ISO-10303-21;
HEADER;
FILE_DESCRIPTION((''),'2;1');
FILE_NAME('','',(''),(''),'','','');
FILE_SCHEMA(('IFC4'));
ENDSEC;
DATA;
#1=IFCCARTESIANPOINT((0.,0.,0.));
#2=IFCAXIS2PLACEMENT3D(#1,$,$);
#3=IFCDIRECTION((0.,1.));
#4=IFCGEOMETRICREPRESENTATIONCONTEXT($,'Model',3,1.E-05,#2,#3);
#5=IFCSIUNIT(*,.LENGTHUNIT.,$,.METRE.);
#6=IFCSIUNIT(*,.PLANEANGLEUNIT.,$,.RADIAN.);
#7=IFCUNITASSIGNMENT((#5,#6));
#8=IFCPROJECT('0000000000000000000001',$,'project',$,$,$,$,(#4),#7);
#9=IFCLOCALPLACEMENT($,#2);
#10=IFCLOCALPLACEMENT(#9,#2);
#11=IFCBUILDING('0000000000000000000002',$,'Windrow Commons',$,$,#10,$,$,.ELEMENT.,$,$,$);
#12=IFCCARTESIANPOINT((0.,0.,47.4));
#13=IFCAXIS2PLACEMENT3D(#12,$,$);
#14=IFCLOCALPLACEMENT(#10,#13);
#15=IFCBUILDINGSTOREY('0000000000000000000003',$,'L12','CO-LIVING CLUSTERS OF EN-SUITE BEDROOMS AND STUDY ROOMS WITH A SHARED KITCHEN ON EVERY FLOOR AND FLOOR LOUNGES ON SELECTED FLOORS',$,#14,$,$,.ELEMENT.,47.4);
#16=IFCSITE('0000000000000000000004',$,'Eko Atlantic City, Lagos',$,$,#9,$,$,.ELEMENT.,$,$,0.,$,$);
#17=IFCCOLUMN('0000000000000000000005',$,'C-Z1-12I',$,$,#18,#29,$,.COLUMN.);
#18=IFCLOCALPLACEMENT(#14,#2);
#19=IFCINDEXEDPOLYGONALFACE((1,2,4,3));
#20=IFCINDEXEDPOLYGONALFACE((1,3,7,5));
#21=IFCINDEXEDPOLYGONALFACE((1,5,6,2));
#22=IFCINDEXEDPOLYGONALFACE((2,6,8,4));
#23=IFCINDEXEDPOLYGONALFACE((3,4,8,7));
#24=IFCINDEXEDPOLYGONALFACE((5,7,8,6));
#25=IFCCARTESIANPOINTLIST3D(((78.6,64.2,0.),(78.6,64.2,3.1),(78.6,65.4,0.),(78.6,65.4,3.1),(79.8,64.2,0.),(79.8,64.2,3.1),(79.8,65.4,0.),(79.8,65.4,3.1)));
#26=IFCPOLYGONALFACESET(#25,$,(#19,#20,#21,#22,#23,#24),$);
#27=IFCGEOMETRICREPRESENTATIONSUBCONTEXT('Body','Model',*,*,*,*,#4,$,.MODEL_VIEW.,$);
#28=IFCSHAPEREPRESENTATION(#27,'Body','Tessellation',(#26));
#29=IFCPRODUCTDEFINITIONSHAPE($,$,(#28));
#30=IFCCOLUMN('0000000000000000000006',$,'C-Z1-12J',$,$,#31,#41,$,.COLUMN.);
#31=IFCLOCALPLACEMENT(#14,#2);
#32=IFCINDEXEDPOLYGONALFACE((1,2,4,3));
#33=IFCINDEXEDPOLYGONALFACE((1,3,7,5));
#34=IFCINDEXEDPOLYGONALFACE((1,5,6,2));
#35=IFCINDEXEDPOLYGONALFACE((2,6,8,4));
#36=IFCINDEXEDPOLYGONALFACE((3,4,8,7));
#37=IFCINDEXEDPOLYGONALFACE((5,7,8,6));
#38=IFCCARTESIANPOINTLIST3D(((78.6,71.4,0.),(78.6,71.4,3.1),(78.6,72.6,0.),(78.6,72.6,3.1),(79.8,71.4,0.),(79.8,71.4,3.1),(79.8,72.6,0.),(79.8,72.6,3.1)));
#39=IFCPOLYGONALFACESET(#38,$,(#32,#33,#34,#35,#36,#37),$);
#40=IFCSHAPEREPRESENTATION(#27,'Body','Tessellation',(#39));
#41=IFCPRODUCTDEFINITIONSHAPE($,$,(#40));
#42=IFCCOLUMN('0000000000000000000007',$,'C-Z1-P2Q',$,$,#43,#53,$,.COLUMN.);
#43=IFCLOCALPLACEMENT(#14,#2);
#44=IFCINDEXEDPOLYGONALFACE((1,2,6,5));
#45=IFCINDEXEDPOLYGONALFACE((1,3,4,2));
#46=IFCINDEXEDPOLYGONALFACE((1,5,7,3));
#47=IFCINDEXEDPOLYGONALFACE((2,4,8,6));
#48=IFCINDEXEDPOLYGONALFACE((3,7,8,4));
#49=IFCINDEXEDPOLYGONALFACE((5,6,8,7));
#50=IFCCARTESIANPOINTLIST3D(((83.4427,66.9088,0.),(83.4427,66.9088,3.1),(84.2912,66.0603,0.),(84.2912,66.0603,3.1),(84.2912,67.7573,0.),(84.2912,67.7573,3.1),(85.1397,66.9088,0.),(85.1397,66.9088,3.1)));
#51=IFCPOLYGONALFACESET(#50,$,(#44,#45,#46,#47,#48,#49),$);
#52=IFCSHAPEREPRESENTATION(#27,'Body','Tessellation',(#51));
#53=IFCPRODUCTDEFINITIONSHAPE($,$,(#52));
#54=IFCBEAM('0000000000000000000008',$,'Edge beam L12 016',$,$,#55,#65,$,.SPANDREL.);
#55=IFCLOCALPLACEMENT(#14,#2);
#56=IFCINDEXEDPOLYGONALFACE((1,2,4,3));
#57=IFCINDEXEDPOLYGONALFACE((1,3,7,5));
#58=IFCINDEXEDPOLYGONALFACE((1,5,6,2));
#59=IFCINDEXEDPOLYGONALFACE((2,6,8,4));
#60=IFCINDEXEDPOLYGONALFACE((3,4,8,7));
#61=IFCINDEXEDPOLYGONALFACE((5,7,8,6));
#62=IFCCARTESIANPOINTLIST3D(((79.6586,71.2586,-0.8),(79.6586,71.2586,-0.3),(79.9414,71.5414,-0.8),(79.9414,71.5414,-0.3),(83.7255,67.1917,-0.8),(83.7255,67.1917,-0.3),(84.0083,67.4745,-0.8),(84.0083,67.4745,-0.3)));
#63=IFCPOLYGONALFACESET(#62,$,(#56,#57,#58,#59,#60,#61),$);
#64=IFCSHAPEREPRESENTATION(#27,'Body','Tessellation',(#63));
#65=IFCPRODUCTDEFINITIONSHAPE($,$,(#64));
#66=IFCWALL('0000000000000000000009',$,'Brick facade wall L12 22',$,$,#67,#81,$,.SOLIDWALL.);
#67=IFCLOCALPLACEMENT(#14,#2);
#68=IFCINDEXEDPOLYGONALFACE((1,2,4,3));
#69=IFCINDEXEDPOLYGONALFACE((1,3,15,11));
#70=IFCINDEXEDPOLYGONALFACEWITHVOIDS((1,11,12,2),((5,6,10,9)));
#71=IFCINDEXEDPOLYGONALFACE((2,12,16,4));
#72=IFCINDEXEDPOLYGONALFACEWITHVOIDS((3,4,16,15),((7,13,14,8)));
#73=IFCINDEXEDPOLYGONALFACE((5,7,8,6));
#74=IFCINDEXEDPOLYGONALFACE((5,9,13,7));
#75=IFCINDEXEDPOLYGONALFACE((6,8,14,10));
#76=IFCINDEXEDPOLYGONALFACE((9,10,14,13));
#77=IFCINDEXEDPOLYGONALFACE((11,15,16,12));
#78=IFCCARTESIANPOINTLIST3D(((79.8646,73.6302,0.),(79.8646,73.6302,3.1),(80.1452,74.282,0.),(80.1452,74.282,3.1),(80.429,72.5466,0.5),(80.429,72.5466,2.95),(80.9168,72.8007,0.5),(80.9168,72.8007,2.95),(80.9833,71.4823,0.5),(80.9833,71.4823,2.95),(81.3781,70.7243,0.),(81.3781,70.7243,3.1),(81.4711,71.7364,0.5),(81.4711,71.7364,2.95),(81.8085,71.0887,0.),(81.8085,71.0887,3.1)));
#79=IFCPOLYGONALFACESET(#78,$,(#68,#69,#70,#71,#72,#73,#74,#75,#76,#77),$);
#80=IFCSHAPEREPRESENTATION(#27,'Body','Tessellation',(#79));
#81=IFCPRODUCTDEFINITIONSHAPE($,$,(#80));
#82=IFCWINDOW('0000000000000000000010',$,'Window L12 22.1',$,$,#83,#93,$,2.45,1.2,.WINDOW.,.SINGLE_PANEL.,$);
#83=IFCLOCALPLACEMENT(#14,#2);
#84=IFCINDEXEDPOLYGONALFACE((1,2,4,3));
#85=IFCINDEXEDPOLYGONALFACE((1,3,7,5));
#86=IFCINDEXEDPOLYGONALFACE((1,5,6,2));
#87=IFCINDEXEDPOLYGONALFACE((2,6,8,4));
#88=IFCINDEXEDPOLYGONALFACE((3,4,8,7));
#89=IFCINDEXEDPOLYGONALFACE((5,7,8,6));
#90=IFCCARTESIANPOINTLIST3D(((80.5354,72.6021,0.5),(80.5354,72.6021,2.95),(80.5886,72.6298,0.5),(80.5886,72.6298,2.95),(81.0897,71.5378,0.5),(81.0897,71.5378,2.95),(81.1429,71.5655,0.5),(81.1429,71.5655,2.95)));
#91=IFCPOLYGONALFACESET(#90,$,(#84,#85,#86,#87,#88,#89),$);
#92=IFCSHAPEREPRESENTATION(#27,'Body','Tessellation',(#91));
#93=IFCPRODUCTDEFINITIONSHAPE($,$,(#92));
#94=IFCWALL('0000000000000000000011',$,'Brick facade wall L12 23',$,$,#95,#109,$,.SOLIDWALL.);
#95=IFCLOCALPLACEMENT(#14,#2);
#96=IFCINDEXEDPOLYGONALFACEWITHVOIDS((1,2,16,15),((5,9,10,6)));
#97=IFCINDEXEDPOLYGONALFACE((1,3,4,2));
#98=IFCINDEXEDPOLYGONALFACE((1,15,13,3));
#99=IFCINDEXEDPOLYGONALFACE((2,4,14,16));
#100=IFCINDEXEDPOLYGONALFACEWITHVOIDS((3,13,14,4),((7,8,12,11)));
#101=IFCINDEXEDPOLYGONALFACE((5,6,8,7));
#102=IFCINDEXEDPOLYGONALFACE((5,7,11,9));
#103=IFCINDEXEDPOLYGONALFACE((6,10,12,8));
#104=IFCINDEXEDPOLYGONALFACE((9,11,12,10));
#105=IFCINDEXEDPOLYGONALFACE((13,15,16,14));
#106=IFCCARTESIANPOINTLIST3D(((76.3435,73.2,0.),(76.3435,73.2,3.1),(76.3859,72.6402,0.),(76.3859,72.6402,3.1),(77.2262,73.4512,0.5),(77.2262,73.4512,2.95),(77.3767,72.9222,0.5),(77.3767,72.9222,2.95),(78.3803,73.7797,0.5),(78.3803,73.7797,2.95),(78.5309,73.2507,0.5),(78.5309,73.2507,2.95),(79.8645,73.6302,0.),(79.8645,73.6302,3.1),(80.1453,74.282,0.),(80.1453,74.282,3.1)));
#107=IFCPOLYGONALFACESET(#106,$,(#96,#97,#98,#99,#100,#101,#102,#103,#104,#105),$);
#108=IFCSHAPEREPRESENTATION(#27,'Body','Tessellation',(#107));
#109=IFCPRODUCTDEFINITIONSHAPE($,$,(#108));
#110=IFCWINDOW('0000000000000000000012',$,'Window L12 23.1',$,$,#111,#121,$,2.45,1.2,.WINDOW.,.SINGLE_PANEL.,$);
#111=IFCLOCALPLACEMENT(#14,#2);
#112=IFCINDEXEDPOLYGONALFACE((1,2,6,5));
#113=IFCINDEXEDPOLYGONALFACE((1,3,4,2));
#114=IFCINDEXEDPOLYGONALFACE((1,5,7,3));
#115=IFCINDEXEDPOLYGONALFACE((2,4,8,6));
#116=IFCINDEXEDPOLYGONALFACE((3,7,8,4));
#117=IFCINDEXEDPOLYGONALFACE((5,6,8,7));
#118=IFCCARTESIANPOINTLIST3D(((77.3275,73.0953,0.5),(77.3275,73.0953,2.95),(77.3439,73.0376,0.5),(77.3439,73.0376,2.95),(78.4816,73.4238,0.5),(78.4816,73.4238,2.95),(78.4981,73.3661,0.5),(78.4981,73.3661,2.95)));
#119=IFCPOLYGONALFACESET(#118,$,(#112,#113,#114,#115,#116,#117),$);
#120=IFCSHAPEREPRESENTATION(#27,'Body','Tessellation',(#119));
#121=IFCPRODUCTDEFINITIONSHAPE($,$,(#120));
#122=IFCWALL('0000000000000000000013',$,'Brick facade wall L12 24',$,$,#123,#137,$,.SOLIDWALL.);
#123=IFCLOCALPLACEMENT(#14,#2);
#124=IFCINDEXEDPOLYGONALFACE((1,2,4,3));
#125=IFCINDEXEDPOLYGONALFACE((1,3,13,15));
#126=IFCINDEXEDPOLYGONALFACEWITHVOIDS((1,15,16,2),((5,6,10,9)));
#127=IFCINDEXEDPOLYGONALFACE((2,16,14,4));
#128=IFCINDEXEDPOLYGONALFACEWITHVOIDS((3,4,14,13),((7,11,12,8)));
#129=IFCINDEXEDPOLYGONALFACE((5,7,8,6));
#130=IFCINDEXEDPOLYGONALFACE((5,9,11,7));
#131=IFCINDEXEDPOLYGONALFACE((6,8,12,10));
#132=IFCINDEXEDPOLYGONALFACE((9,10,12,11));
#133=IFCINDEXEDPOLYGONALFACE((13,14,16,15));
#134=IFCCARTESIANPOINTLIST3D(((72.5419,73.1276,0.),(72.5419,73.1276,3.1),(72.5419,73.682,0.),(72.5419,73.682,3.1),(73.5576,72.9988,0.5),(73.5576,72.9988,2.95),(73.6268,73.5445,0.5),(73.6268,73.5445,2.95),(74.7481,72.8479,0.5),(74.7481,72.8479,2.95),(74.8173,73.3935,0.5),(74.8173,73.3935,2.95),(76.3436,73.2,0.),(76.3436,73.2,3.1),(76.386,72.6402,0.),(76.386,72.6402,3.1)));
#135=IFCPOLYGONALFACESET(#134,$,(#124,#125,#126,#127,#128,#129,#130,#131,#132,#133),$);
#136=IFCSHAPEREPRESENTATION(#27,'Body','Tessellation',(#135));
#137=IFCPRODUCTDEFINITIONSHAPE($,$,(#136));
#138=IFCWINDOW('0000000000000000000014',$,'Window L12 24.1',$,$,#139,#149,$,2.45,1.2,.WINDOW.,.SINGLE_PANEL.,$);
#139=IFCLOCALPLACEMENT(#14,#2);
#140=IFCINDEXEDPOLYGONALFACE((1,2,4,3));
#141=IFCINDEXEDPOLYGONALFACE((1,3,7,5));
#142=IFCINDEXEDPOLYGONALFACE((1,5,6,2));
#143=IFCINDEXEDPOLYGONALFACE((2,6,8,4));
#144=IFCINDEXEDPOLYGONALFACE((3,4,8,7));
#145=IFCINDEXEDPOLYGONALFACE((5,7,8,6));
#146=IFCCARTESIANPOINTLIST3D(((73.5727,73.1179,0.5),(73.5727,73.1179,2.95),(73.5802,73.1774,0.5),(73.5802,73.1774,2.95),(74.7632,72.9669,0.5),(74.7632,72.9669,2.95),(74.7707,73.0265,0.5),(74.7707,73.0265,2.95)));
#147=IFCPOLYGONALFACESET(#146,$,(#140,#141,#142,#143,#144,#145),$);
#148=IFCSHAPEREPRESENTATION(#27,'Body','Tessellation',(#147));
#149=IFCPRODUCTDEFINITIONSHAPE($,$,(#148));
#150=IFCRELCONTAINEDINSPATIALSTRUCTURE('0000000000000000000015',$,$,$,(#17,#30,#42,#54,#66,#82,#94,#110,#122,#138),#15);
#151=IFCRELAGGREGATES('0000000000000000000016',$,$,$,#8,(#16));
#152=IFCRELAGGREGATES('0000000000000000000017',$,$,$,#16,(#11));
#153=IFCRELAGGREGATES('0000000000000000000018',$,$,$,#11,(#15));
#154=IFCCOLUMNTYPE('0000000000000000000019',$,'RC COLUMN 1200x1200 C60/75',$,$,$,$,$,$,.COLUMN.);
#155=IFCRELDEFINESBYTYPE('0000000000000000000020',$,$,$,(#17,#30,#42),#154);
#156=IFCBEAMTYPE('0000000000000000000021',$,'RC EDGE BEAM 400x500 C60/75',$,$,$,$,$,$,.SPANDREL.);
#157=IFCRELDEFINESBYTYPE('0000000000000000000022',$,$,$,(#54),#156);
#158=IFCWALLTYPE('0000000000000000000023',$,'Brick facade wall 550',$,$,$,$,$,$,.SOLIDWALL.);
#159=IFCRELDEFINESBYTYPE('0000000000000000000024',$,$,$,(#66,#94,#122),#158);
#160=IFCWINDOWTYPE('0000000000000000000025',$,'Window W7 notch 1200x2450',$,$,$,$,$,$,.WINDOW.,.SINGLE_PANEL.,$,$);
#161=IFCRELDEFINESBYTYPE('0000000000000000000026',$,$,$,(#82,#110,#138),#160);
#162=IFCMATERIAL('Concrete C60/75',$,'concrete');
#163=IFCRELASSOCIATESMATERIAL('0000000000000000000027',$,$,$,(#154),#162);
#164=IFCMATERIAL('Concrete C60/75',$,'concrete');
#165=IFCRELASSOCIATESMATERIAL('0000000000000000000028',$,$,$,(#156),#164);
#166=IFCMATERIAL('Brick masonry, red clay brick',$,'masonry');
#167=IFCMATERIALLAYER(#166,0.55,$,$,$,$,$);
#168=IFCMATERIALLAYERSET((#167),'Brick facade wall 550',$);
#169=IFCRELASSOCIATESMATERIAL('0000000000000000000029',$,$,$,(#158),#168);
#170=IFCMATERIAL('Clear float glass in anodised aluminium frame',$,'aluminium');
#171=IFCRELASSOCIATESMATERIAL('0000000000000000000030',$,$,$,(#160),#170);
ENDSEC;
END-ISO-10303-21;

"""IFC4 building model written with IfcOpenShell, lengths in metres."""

from ifc_helpers import new_model, si_unit, direction, frame, frame_2d, origin, origin_2d, place, context, subcontext, project, spatial, polyline, rectangle, outline, extrude, material, layer, layer_set, material_profile, profile_set, type_object, element, fill, save


model = new_model("IFC4")

# Units and contexts
model_context = context("Model", 3, precision=1e-05, world=origin(), true_north=direction((0.0, 1.0)))
body_context = subcontext(model_context, "Body", "Model", "MODEL_VIEW")
ifc_project = project(units=[si_unit("LENGTHUNIT", "METRE"), si_unit("PLANEANGLEUNIT", "RADIAN")], contexts=[model_context])

# Site, building, storey
site_placement = place(None, origin())
site = spatial("IfcSite", under=ifc_project, at=site_placement, Name="Eko Atlantic City, Lagos", CompositionType="ELEMENT", RefElevation=0.0)
building_placement = place(site_placement, origin())
building = spatial("IfcBuilding", under=site, at=building_placement, Name="Windrow Commons", CompositionType="ELEMENT")
storey_placement = place(building_placement, frame((0.0, 0.0, 47.4)))
storey = spatial("IfcBuildingStorey", under=building, at=storey_placement, Name="L12", Description="CO-LIVING CLUSTERS OF EN-SUITE BEDROOMS AND STUDY ROOMS WITH A SHARED KITCHEN ON EVERY FLOOR AND FLOOR LOUNGES ON SELECTED FLOORS", CompositionType="ELEMENT", Elevation=47.4)

# Columns
ifc_material_1 = material(Name="Concrete C60/75", Category="concrete")
ifc_material_profile_1 = material_profile(ifc_material_1, rectangle(XDim=1.2, YDim=1.2, at=origin_2d()))
ifc_profile_set_1 = profile_set([ifc_material_profile_1], Name="Concrete C60/75")
column_type = type_object("IfcColumnType", Name="RC COLUMN 1200x1200 C60/75", PredefinedType="COLUMN", material=ifc_profile_set_1)
for number, where, z_axis, x_axis, name in (
    (1, (79.2, 64.8, 0.0), (0.0, 0.0, 1.0), (1.0, 0.0, 0.0), "C-Z1-12I"),
    (2, (79.2, 72.0, 0.0), (0.0, 0.0, 1.0), (1.0, 0.0, 0.0), "C-Z1-12J"),
    (3, (84.2912, 66.9088, 0.0), (0.0, 0.0, 1.0), (0.707107, -0.707107, 0.0), "C-Z1-P2Q"),
):
    element("IfcColumn", number, at=place(storey_placement, frame(where, z_axis=z_axis, x_axis=x_axis)), inside=storey, type_object=column_type, Name=name, PredefinedType="COLUMN", context=body_context, shape_type="SweptSolid", body=[
        extrude(rectangle(XDim=1.2, YDim=1.2, at=origin_2d()), origin(), (0.0, 0.0, 1.0), 3.1),
    ])

# Beam
ifc_material_2 = material(Name="Concrete C60/75", Category="concrete")
ifc_material_profile_2 = material_profile(ifc_material_2, rectangle(XDim=0.4, YDim=0.5, at=origin_2d()))
ifc_profile_set_2 = profile_set([ifc_material_profile_2], Name="Concrete C60/75")
beam_type = type_object("IfcBeamType", Name="RC EDGE BEAM 400x500 C60/75", PredefinedType="SPANDREL", material=ifc_profile_set_2)
beam_placement = place(storey_placement, frame((79.8, 71.4, -0.55), z_axis=(0.707107, -0.707107, 0.0), x_axis=(0.707107, 0.707107, 0.0)))
element("IfcBeam", 4, at=beam_placement, inside=storey, type_object=beam_type, Name="Edge beam L12 016", PredefinedType="SPANDREL", context=body_context, shape_type="SweptSolid", body=[
    extrude(rectangle(XDim=0.4, YDim=0.5, at=origin_2d()), origin(), (0.0, 0.0, 1.0), 5.7515),
])

# Walls, openings, windows
ifc_material_3 = material(Name="Brick masonry, red clay brick", Category="masonry")
ifc_layer_1 = layer(ifc_material_3, 0.55)
ifc_layer_set_1 = layer_set([ifc_layer_1], Name="Brick facade wall 550")
wall_type_1 = type_object("IfcWallType", Name="Brick facade wall 550", PredefinedType="SOLIDWALL", material=ifc_layer_set_1)
wall_1_placement = place(storey_placement, frame((81.5933, 70.9065, 0.0), z_axis=(0.0, 0.0, 1.0), x_axis=(-0.46195, 0.886906, 0.0)))
wall_1 = element("IfcWall", 5, at=wall_1_placement, inside=storey, type_object=wall_type_1, Name="Brick facade wall L12 22", PredefinedType="SOLIDWALL", context=body_context, shape_type="SweptSolid", body=[
    extrude(outline(polyline([(0.0622, -0.275), (3.6627, -0.275), (3.2143, 0.275), (-0.0622, 0.275), (0.0622, -0.275)])), origin(), (0.0, 0.0, 1.0), 3.1),
])
opening_1_placement = place(wall_1_placement, frame((0.7925, 0.0, 0.5)))
opening_1 = element("IfcOpeningElement", 6, at=opening_1_placement, cuts=wall_1, PredefinedType="OPENING", context=body_context, shape_type="SweptSolid", body=[
    extrude(rectangle(XDim=1.2, YDim=2.45, at=frame_2d((0.6, 1.225))), frame((0.0, 0.285, 0.0), z_axis=(0.0, -1.0, 0.0), x_axis=(1.0, 0.0, 0.0)), (0.0, 0.0, 1.0), 0.57),
])
ifc_material_4 = material(Name="Clear float glass in anodised aluminium frame", Category="aluminium")
window_type = type_object("IfcWindowType", Name="Window W7 notch 1200x2450", PartitioningType="SINGLE_PANEL", PredefinedType="WINDOW", material=ifc_material_4)
window_1_placement = place(opening_1_placement, origin())
window_1 = element("IfcWindow", 7, at=window_1_placement, inside=storey, type_object=window_type, Name="Window L12 22.1", OverallHeight=2.45, OverallWidth=1.2, PartitioningType="SINGLE_PANEL", PredefinedType="WINDOW", context=body_context, shape_type="SweptSolid", body=[
    extrude(rectangle(XDim=1.2, YDim=2.45, at=frame_2d((0.6, 1.225))), frame((0.0, 0.155, 0.0), z_axis=(0.0, -1.0, 0.0), x_axis=(1.0, 0.0, 0.0)), (0.0, 0.0, 1.0), 0.06),
])
fill(opening_1, window_1)
wall_2_placement = place(storey_placement, frame((80.0049, 73.9561, 0.0), z_axis=(0.0, 0.0, 1.0), x_axis=(-0.961805, -0.273737, 0.0)))
wall_2 = element("IfcWall", 8, at=wall_2_placement, inside=storey, type_object=wall_type_1, Name="Brick facade wall L12 23", PredefinedType="SOLIDWALL", context=body_context, shape_type="SweptSolid", body=[
    extrude(outline(polyline([(-0.2242, -0.275), (3.7285, -0.275), (3.841, 0.275), (0.2242, 0.275), (-0.2242, -0.275)])), origin(), (0.0, 0.0, 1.0), 3.1),
])
opening_2_placement = place(wall_2_placement, frame((1.6108, 0.0, 0.5)))
opening_2 = element("IfcOpeningElement", 9, at=opening_2_placement, cuts=wall_2, PredefinedType="OPENING", context=body_context, shape_type="SweptSolid", body=[
    extrude(rectangle(XDim=1.2, YDim=2.45, at=frame_2d((0.6, 1.225))), frame((0.0, 0.285, 0.0), z_axis=(0.0, -1.0, 0.0), x_axis=(1.0, 0.0, 0.0)), (0.0, 0.0, 1.0), 0.57),
])
window_2_placement = place(opening_2_placement, origin())
window_2 = element("IfcWindow", 10, at=window_2_placement, inside=storey, type_object=window_type, Name="Window L12 23.1", OverallHeight=2.45, OverallWidth=1.2, PartitioningType="SINGLE_PANEL", PredefinedType="WINDOW", context=body_context, shape_type="SweptSolid", body=[
    extrude(rectangle(XDim=1.2, YDim=2.45, at=frame_2d((0.6, 1.225))), frame((0.0, 0.155, 0.0), z_axis=(0.0, -1.0, 0.0), x_axis=(1.0, 0.0, 0.0)), (0.0, 0.0, 1.0), 0.06),
])
fill(opening_2, window_2)
wall_3_placement = place(storey_placement, frame((76.3648, 72.9201, 0.0), z_axis=(0.0, 0.0, 1.0), x_axis=(-0.992058, 0.125782, 0.0)))
wall_3 = element("IfcWall", 11, at=wall_3_placement, inside=storey, type_object=wall_type_1, Name="Brick facade wall L12 24", PredefinedType="SOLIDWALL", context=body_context, shape_type="SweptSolid", body=[
    extrude(outline(polyline([(0.0562, -0.275), (3.8884, -0.275), (3.8186, 0.275), (-0.0562, 0.275), (0.0562, -0.275)])), origin(), (0.0, 0.0, 1.0), 3.1),
])
opening_3_placement = place(wall_3_placement, frame((1.5948, 0.0, 0.5)))
opening_3 = element("IfcOpeningElement", 12, at=opening_3_placement, cuts=wall_3, PredefinedType="OPENING", context=body_context, shape_type="SweptSolid", body=[
    extrude(rectangle(XDim=1.2, YDim=2.45, at=frame_2d((0.6, 1.225))), frame((0.0, 0.285, 0.0), z_axis=(0.0, -1.0, 0.0), x_axis=(1.0, 0.0, 0.0)), (0.0, 0.0, 1.0), 0.57),
])
window_3_placement = place(opening_3_placement, origin())
window_3 = element("IfcWindow", 13, at=window_3_placement, inside=storey, type_object=window_type, Name="Window L12 24.1", OverallHeight=2.45, OverallWidth=1.2, PartitioningType="SINGLE_PANEL", PredefinedType="WINDOW", context=body_context, shape_type="SweptSolid", body=[
    extrude(rectangle(XDim=1.2, YDim=2.45, at=frame_2d((0.6, 1.225))), frame((0.0, 0.155, 0.0), z_axis=(0.0, -1.0, 0.0), x_axis=(1.0, 0.0, 0.0)), (0.0, 0.0, 1.0), 0.06),
])
fill(opening_3, window_3)

save(model, "model.ifc")
